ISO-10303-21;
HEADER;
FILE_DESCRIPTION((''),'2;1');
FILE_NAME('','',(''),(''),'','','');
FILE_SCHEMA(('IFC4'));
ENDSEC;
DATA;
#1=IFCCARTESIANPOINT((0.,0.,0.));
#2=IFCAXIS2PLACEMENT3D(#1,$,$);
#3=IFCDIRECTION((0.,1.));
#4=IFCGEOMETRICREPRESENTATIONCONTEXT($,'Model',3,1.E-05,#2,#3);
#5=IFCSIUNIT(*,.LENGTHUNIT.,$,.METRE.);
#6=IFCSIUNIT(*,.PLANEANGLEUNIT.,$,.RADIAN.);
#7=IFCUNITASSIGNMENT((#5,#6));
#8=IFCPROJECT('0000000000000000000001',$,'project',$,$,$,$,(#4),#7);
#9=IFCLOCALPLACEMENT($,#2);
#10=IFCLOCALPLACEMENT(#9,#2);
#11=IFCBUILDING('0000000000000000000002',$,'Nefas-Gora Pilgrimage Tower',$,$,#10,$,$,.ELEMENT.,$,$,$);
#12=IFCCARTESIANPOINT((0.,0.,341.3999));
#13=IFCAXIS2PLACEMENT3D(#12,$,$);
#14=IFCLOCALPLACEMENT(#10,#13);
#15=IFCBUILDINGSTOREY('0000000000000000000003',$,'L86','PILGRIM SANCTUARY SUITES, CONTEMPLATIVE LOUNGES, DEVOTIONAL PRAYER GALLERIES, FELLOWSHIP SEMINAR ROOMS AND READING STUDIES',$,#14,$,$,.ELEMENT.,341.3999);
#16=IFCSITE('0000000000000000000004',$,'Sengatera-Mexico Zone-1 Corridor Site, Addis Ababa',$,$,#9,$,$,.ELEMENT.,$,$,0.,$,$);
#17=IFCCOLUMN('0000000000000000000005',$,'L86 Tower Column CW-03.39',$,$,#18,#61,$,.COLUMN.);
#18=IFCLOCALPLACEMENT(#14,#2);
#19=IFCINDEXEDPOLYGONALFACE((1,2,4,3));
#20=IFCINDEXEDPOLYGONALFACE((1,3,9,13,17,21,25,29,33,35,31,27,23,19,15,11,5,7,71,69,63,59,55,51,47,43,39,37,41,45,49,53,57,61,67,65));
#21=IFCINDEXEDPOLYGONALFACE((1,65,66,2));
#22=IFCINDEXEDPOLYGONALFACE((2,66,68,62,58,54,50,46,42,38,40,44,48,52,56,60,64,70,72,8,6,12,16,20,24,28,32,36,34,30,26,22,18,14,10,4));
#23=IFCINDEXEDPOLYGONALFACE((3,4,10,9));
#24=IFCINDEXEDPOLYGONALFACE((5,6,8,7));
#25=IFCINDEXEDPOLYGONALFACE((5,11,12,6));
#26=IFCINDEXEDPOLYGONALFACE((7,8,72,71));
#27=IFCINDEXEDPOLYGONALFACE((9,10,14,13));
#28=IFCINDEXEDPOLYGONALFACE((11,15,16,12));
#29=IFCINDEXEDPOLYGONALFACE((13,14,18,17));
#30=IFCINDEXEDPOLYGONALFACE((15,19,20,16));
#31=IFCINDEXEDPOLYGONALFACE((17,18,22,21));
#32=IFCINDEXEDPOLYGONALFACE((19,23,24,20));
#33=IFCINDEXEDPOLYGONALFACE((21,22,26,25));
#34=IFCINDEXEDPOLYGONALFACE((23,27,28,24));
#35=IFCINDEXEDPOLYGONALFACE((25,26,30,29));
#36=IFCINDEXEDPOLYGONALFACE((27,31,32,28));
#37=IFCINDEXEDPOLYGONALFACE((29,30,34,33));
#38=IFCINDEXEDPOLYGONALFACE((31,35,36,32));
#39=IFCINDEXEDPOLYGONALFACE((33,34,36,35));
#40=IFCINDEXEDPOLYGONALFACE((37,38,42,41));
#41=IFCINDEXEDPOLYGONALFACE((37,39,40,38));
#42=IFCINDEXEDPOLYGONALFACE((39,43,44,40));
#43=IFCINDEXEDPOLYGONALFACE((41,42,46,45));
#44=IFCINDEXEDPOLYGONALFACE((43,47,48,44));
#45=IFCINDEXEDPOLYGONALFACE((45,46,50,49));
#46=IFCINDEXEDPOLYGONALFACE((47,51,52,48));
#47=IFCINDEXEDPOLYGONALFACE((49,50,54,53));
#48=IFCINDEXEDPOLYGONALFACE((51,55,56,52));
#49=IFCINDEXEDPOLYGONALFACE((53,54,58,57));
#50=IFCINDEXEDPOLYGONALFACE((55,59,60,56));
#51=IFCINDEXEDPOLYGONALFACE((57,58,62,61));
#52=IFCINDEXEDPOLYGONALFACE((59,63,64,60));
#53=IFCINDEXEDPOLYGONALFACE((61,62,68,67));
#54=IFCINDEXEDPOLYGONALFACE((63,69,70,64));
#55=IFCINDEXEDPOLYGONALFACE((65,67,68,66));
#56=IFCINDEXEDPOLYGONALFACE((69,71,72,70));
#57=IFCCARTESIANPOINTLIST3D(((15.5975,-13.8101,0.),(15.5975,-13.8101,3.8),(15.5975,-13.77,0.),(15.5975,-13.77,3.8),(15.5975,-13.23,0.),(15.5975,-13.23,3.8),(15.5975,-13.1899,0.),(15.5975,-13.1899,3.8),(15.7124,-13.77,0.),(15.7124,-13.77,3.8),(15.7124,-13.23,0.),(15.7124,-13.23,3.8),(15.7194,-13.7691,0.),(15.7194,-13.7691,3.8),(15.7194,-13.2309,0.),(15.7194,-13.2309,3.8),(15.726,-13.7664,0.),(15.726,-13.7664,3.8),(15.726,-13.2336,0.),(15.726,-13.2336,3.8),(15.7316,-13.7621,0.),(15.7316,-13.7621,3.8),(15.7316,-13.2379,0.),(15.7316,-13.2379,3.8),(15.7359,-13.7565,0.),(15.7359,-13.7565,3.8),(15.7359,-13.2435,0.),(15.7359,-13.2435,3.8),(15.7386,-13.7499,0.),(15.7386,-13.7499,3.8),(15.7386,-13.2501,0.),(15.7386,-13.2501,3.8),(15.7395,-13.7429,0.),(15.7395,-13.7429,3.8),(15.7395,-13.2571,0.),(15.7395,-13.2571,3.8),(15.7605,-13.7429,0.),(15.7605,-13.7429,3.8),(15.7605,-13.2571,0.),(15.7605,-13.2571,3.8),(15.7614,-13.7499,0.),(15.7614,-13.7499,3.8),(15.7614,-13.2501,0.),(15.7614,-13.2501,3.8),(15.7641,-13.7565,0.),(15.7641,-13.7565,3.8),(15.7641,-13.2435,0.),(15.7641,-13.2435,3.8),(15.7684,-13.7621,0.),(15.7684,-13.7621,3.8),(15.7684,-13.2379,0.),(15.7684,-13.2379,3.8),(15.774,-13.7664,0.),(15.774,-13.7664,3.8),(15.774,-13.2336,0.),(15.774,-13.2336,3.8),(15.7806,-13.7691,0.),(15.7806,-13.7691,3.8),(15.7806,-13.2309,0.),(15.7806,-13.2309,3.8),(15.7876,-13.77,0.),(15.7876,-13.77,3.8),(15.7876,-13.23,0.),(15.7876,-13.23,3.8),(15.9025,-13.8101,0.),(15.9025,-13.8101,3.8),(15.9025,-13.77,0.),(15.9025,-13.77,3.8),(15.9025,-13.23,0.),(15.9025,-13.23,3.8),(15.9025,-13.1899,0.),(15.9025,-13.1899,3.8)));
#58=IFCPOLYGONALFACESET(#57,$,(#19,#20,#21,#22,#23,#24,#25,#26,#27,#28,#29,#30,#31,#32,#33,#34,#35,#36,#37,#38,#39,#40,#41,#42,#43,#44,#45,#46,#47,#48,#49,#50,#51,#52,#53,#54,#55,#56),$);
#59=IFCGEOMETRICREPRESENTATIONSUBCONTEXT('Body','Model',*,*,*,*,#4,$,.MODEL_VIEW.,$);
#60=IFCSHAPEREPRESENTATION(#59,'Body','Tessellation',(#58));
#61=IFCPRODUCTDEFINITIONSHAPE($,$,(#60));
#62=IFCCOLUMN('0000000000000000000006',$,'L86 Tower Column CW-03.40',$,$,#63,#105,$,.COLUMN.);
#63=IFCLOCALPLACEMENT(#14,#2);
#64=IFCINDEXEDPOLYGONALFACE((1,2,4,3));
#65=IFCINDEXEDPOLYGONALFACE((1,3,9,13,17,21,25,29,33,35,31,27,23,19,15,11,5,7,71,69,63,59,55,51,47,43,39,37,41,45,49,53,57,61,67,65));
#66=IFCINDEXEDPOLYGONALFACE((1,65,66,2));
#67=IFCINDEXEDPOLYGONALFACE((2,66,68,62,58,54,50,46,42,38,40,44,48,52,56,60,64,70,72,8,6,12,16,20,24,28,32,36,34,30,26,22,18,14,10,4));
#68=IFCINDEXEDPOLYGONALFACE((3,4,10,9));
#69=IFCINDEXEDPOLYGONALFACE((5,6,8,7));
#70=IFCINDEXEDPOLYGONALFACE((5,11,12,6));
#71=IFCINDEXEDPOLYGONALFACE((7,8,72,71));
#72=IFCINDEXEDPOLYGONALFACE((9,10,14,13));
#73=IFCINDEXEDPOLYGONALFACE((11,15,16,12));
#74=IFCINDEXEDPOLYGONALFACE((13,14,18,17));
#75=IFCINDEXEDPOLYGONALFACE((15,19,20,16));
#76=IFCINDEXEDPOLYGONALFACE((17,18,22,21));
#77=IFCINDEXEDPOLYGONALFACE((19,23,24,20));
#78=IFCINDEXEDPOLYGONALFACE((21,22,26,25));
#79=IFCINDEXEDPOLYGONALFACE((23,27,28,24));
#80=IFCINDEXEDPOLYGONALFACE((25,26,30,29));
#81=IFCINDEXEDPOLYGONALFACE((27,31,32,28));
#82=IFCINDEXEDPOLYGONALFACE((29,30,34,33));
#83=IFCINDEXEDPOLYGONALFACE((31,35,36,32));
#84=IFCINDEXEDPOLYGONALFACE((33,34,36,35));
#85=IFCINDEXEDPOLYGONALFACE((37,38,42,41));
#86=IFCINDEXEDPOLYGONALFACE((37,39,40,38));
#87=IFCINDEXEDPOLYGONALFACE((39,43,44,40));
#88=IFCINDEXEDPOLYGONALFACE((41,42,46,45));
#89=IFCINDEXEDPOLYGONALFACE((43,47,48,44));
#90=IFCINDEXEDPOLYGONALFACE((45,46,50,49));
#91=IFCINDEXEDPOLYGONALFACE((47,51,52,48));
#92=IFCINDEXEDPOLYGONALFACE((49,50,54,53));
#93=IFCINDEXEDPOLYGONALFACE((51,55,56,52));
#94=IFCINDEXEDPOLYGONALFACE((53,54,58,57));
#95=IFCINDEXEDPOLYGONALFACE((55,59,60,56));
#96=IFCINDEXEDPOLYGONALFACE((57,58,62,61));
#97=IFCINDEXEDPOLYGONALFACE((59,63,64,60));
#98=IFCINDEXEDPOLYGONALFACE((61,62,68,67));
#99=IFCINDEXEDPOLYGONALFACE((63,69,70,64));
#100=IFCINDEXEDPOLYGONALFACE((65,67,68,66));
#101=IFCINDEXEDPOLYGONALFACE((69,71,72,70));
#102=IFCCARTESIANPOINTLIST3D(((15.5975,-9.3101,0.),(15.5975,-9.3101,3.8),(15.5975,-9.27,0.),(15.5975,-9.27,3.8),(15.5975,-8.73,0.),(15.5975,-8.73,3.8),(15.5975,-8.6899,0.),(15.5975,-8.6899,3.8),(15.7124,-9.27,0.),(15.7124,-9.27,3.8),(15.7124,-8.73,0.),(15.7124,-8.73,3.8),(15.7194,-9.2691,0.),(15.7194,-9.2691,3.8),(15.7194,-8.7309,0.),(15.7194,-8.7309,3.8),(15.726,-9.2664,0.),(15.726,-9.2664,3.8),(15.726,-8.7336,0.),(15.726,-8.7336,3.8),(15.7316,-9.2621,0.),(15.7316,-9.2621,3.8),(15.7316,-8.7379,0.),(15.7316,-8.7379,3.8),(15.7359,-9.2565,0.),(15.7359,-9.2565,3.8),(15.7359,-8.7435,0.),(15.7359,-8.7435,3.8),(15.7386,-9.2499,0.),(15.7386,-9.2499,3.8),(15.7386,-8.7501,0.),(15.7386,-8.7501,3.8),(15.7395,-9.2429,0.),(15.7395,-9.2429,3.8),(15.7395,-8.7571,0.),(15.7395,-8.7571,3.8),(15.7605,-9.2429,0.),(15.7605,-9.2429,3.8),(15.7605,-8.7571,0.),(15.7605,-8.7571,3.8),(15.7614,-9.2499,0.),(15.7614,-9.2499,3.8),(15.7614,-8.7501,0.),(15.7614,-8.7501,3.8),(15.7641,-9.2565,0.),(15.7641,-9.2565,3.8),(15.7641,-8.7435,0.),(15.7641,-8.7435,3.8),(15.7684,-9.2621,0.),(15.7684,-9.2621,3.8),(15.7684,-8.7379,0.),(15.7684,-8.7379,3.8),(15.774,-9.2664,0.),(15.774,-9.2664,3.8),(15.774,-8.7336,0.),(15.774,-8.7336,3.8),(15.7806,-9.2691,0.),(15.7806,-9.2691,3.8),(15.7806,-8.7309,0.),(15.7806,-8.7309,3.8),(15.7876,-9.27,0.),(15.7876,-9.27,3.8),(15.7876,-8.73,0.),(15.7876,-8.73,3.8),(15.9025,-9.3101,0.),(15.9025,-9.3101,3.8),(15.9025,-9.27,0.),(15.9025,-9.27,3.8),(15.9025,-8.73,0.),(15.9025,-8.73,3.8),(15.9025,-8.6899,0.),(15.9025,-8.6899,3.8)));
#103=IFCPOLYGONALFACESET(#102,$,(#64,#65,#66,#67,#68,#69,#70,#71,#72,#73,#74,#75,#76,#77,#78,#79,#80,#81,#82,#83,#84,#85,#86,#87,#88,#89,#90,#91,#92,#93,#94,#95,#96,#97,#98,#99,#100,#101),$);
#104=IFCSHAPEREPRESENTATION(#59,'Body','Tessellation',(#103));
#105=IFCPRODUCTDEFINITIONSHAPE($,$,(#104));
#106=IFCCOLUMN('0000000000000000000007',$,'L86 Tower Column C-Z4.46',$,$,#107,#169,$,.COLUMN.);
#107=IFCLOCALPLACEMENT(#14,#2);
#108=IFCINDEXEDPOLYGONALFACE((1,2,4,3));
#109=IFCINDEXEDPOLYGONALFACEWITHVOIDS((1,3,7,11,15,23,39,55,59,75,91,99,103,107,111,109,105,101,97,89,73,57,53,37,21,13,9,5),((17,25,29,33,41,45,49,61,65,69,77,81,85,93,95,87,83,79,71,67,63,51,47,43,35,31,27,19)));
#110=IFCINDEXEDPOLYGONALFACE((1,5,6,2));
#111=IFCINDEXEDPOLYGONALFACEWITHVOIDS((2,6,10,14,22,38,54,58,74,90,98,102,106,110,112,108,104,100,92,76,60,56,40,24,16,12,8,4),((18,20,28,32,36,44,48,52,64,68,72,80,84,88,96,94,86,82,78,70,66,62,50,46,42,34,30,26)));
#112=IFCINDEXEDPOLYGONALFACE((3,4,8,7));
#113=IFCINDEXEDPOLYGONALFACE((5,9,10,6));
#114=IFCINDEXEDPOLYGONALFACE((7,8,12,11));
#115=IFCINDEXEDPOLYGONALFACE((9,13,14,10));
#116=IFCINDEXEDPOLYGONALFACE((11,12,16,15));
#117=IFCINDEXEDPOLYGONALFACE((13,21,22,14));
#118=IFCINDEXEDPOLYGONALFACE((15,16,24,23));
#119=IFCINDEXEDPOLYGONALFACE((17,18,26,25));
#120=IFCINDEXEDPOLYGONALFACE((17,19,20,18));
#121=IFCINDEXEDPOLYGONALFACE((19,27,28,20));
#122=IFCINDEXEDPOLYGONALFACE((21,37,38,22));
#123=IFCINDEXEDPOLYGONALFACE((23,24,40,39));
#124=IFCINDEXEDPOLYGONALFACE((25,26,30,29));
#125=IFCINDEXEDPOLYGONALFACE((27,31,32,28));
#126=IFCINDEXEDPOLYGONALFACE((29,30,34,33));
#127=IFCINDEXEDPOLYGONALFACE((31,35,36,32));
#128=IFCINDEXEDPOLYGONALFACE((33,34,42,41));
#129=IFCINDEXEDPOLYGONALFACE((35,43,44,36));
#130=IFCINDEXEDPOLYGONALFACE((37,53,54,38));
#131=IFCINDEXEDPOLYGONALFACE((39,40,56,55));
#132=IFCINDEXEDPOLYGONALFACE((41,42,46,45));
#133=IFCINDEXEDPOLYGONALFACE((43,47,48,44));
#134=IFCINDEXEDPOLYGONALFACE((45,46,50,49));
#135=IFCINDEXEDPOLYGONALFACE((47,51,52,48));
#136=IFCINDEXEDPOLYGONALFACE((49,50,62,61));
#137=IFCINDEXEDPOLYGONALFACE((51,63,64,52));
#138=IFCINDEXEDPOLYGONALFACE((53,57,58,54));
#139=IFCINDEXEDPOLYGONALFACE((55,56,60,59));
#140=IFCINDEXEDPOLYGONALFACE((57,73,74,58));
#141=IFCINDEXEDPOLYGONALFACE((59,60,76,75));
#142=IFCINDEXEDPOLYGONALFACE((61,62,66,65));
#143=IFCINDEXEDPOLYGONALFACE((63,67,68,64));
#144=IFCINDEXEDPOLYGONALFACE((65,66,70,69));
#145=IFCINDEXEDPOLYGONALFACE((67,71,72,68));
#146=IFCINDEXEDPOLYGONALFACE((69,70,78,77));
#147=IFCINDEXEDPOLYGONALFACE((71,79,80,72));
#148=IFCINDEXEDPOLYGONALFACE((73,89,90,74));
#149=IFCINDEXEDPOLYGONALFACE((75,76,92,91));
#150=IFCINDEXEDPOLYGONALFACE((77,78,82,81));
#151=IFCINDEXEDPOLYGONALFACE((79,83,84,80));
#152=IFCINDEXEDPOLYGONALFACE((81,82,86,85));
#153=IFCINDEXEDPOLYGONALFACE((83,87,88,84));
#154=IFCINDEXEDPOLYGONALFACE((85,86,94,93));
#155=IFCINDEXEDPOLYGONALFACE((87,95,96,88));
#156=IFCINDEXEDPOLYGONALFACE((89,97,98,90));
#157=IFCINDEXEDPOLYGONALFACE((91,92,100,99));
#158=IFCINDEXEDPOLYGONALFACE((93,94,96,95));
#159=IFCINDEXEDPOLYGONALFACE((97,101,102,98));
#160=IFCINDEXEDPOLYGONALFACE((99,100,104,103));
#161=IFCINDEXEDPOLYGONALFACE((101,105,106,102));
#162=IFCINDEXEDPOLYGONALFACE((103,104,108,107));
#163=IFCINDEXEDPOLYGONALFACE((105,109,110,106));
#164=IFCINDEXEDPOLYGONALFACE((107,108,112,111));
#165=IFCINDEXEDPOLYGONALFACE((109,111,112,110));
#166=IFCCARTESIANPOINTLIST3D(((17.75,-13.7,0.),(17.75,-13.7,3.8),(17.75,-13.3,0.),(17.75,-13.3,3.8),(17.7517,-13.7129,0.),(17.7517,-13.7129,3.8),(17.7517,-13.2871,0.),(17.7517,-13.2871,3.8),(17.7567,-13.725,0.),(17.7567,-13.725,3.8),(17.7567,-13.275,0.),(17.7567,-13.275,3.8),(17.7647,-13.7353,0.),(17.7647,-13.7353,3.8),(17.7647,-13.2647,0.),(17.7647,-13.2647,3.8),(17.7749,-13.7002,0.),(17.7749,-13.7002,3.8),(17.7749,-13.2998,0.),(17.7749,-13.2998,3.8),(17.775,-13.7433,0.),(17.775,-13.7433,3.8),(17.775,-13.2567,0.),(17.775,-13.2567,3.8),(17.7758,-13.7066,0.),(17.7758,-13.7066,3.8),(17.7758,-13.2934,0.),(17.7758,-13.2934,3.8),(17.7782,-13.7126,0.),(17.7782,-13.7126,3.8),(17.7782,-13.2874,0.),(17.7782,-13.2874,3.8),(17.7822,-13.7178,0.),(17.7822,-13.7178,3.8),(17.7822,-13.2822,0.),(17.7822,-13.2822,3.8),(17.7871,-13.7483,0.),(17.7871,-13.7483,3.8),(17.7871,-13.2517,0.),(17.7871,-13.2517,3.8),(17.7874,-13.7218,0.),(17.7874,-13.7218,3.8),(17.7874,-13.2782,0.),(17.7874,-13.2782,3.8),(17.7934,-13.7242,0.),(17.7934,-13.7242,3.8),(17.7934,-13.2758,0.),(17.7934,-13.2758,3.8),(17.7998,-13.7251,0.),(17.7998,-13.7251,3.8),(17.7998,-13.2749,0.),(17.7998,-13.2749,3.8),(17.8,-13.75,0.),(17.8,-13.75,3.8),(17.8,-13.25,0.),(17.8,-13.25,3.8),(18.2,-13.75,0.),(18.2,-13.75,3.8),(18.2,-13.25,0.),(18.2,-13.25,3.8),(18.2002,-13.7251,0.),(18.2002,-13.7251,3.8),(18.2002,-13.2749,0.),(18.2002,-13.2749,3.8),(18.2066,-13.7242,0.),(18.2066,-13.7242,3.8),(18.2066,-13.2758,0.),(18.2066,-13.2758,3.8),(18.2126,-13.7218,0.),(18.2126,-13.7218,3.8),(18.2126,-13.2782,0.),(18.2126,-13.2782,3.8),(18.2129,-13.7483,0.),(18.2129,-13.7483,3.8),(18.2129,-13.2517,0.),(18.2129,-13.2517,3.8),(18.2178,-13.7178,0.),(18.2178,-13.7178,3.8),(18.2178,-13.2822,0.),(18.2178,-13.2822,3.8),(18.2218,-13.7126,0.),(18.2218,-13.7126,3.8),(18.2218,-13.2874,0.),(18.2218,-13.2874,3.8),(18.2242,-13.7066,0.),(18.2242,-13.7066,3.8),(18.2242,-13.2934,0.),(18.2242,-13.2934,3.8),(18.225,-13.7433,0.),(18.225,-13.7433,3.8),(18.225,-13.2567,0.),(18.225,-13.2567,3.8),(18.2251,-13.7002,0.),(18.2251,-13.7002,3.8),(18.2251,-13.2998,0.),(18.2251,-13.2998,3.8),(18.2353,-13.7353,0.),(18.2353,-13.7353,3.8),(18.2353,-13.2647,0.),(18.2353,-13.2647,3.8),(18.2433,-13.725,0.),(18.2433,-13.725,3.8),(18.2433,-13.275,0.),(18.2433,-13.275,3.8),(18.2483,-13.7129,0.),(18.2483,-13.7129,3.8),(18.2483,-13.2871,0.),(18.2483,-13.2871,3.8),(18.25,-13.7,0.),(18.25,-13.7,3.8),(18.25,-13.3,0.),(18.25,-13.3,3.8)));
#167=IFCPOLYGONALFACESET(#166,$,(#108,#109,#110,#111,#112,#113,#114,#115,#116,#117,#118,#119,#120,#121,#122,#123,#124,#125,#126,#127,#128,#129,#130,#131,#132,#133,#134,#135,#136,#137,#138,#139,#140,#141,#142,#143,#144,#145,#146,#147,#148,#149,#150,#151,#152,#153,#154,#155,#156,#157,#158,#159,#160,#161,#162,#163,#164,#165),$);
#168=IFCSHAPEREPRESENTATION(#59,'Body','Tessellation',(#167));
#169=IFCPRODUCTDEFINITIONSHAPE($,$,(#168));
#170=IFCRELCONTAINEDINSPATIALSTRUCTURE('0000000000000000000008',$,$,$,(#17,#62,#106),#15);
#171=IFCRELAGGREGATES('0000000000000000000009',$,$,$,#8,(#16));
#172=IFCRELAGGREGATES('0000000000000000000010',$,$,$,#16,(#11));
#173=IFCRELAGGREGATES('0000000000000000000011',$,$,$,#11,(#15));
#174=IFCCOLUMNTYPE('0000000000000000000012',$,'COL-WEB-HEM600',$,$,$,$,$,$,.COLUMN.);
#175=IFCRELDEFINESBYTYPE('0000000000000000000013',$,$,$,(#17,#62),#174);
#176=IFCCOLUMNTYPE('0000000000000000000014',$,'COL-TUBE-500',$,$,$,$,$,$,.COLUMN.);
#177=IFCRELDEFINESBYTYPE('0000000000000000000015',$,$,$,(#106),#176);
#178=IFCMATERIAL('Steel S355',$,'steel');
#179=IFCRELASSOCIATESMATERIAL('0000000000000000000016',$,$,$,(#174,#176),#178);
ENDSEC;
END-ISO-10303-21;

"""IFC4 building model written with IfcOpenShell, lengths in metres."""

from ifc_helpers import new_model, si_unit, direction, frame, origin, origin_2d, place, context, subcontext, project, spatial, hollow_rectangle, i_section, extrude, source, transform, mapped, material, material_profile, profile_set, type_object, element, save


model = new_model("IFC4")

# Units and contexts
model_context = context("Model", 3, precision=1e-05, world=origin(), true_north=direction((0.0, 1.0)))
body_context = subcontext(model_context, "Body", "Model", "MODEL_VIEW")
ifc_project = project(units=[si_unit("LENGTHUNIT", "METRE"), si_unit("PLANEANGLEUNIT", "RADIAN")], contexts=[model_context])

# Site, building, storey
site_placement = place(None, origin())
site = spatial("IfcSite", under=ifc_project, at=site_placement, Name="Sengatera-Mexico Zone-1 Corridor Site, Addis Ababa", CompositionType="ELEMENT", RefElevation=0.0)
building_placement = place(site_placement, origin())
building = spatial("IfcBuilding", under=site, at=building_placement, Name="Nefas-Gora Pilgrimage Tower", CompositionType="ELEMENT")
storey_placement = place(building_placement, frame((0.0, 0.0, 341.3999)))
storey = spatial("IfcBuildingStorey", under=building, at=storey_placement, Name="L86", Description="PILGRIM SANCTUARY SUITES, CONTEMPLATIVE LOUNGES, DEVOTIONAL PRAYER GALLERIES, FELLOWSHIP SEMINAR ROOMS AND READING STUDIES", CompositionType="ELEMENT", Elevation=341.3999)

# Columns
ifc_material_1 = material(Name="Steel S355", Category="steel")
ifc_material_profile_1 = material_profile(ifc_material_1, i_section(OverallWidth=0.3049, OverallDepth=0.6201, WebThickness=0.021, FlangeThickness=0.04, FilletRadius=0.0271, at=origin_2d()), Name="HEM 600")
ifc_profile_set_1 = profile_set([ifc_material_profile_1], Name="Steel S355")
column_type_1 = type_object("IfcColumnType", Name="COL-WEB-HEM600", PredefinedType="COLUMN", material=ifc_profile_set_1)
shared_shape_1 = source(origin(), body_context, "Body", "SweptSolid", [
    extrude(i_section(OverallWidth=0.3049, OverallDepth=0.6201, WebThickness=0.021, FlangeThickness=0.04, FilletRadius=0.0271, at=origin_2d()), origin(), (0.0, 0.0, 1.0), 3.8),
])
for number, where, z_axis, x_axis, name in (
    (1, (15.75, -13.5, 0.0), (0.0, 0.0, 1.0), (1.0, 0.0, 0.0), "L86 Tower Column CW-03.39"),
    (2, (15.75, -9.0, 0.0), (0.0, 0.0, 1.0), (1.0, 0.0, 0.0), "L86 Tower Column CW-03.40"),
):
    element("IfcColumn", number, at=place(storey_placement, frame(where, z_axis=z_axis, x_axis=x_axis)), inside=storey, type_object=column_type_1, Name=name, PredefinedType="COLUMN", context=body_context, shape_type="MappedRepresentation", body=[
        mapped(shared_shape_1, transform((0.0, 0.0, 0.0), x_axis=(1.0, 0.0, 0.0), y_axis=(0.0, 1.0, 0.0), z_axis=(0.0, 0.0, 1.0), scale=1.0)),
    ])
ifc_material_profile_2 = material_profile(ifc_material_1, hollow_rectangle(XDim=0.5, YDim=0.5, WallThickness=0.0249, InnerFilletRadius=0.0249, OuterFilletRadius=0.05, at=origin_2d()), Name="SHS 500x500x25")
ifc_profile_set_2 = profile_set([ifc_material_profile_2], Name="Steel S355")
column_type_2 = type_object("IfcColumnType", Name="COL-TUBE-500", PredefinedType="COLUMN", material=ifc_profile_set_2)
shared_shape_2 = source(origin(), body_context, "Body", "SweptSolid", [
    extrude(hollow_rectangle(XDim=0.5, YDim=0.5, WallThickness=0.0249, InnerFilletRadius=0.0249, OuterFilletRadius=0.05, at=origin_2d()), origin(), (0.0, 0.0, 1.0), 3.8),
])
for number, where, z_axis, x_axis, name in (
    (3, (18.0, -13.5, 0.0), (0.0, 0.0, 1.0), (1.0, 0.0, 0.0), "L86 Tower Column C-Z4.46"),
):
    element("IfcColumn", number, at=place(storey_placement, frame(where, z_axis=z_axis, x_axis=x_axis)), inside=storey, type_object=column_type_2, Name=name, PredefinedType="COLUMN", context=body_context, shape_type="MappedRepresentation", body=[
        mapped(shared_shape_2, transform((0.0, 0.0, 0.0), x_axis=(1.0, 0.0, 0.0), y_axis=(0.0, 1.0, 0.0), z_axis=(0.0, 0.0, 1.0), scale=1.0)),
    ])

save(model, "model.ifc")
